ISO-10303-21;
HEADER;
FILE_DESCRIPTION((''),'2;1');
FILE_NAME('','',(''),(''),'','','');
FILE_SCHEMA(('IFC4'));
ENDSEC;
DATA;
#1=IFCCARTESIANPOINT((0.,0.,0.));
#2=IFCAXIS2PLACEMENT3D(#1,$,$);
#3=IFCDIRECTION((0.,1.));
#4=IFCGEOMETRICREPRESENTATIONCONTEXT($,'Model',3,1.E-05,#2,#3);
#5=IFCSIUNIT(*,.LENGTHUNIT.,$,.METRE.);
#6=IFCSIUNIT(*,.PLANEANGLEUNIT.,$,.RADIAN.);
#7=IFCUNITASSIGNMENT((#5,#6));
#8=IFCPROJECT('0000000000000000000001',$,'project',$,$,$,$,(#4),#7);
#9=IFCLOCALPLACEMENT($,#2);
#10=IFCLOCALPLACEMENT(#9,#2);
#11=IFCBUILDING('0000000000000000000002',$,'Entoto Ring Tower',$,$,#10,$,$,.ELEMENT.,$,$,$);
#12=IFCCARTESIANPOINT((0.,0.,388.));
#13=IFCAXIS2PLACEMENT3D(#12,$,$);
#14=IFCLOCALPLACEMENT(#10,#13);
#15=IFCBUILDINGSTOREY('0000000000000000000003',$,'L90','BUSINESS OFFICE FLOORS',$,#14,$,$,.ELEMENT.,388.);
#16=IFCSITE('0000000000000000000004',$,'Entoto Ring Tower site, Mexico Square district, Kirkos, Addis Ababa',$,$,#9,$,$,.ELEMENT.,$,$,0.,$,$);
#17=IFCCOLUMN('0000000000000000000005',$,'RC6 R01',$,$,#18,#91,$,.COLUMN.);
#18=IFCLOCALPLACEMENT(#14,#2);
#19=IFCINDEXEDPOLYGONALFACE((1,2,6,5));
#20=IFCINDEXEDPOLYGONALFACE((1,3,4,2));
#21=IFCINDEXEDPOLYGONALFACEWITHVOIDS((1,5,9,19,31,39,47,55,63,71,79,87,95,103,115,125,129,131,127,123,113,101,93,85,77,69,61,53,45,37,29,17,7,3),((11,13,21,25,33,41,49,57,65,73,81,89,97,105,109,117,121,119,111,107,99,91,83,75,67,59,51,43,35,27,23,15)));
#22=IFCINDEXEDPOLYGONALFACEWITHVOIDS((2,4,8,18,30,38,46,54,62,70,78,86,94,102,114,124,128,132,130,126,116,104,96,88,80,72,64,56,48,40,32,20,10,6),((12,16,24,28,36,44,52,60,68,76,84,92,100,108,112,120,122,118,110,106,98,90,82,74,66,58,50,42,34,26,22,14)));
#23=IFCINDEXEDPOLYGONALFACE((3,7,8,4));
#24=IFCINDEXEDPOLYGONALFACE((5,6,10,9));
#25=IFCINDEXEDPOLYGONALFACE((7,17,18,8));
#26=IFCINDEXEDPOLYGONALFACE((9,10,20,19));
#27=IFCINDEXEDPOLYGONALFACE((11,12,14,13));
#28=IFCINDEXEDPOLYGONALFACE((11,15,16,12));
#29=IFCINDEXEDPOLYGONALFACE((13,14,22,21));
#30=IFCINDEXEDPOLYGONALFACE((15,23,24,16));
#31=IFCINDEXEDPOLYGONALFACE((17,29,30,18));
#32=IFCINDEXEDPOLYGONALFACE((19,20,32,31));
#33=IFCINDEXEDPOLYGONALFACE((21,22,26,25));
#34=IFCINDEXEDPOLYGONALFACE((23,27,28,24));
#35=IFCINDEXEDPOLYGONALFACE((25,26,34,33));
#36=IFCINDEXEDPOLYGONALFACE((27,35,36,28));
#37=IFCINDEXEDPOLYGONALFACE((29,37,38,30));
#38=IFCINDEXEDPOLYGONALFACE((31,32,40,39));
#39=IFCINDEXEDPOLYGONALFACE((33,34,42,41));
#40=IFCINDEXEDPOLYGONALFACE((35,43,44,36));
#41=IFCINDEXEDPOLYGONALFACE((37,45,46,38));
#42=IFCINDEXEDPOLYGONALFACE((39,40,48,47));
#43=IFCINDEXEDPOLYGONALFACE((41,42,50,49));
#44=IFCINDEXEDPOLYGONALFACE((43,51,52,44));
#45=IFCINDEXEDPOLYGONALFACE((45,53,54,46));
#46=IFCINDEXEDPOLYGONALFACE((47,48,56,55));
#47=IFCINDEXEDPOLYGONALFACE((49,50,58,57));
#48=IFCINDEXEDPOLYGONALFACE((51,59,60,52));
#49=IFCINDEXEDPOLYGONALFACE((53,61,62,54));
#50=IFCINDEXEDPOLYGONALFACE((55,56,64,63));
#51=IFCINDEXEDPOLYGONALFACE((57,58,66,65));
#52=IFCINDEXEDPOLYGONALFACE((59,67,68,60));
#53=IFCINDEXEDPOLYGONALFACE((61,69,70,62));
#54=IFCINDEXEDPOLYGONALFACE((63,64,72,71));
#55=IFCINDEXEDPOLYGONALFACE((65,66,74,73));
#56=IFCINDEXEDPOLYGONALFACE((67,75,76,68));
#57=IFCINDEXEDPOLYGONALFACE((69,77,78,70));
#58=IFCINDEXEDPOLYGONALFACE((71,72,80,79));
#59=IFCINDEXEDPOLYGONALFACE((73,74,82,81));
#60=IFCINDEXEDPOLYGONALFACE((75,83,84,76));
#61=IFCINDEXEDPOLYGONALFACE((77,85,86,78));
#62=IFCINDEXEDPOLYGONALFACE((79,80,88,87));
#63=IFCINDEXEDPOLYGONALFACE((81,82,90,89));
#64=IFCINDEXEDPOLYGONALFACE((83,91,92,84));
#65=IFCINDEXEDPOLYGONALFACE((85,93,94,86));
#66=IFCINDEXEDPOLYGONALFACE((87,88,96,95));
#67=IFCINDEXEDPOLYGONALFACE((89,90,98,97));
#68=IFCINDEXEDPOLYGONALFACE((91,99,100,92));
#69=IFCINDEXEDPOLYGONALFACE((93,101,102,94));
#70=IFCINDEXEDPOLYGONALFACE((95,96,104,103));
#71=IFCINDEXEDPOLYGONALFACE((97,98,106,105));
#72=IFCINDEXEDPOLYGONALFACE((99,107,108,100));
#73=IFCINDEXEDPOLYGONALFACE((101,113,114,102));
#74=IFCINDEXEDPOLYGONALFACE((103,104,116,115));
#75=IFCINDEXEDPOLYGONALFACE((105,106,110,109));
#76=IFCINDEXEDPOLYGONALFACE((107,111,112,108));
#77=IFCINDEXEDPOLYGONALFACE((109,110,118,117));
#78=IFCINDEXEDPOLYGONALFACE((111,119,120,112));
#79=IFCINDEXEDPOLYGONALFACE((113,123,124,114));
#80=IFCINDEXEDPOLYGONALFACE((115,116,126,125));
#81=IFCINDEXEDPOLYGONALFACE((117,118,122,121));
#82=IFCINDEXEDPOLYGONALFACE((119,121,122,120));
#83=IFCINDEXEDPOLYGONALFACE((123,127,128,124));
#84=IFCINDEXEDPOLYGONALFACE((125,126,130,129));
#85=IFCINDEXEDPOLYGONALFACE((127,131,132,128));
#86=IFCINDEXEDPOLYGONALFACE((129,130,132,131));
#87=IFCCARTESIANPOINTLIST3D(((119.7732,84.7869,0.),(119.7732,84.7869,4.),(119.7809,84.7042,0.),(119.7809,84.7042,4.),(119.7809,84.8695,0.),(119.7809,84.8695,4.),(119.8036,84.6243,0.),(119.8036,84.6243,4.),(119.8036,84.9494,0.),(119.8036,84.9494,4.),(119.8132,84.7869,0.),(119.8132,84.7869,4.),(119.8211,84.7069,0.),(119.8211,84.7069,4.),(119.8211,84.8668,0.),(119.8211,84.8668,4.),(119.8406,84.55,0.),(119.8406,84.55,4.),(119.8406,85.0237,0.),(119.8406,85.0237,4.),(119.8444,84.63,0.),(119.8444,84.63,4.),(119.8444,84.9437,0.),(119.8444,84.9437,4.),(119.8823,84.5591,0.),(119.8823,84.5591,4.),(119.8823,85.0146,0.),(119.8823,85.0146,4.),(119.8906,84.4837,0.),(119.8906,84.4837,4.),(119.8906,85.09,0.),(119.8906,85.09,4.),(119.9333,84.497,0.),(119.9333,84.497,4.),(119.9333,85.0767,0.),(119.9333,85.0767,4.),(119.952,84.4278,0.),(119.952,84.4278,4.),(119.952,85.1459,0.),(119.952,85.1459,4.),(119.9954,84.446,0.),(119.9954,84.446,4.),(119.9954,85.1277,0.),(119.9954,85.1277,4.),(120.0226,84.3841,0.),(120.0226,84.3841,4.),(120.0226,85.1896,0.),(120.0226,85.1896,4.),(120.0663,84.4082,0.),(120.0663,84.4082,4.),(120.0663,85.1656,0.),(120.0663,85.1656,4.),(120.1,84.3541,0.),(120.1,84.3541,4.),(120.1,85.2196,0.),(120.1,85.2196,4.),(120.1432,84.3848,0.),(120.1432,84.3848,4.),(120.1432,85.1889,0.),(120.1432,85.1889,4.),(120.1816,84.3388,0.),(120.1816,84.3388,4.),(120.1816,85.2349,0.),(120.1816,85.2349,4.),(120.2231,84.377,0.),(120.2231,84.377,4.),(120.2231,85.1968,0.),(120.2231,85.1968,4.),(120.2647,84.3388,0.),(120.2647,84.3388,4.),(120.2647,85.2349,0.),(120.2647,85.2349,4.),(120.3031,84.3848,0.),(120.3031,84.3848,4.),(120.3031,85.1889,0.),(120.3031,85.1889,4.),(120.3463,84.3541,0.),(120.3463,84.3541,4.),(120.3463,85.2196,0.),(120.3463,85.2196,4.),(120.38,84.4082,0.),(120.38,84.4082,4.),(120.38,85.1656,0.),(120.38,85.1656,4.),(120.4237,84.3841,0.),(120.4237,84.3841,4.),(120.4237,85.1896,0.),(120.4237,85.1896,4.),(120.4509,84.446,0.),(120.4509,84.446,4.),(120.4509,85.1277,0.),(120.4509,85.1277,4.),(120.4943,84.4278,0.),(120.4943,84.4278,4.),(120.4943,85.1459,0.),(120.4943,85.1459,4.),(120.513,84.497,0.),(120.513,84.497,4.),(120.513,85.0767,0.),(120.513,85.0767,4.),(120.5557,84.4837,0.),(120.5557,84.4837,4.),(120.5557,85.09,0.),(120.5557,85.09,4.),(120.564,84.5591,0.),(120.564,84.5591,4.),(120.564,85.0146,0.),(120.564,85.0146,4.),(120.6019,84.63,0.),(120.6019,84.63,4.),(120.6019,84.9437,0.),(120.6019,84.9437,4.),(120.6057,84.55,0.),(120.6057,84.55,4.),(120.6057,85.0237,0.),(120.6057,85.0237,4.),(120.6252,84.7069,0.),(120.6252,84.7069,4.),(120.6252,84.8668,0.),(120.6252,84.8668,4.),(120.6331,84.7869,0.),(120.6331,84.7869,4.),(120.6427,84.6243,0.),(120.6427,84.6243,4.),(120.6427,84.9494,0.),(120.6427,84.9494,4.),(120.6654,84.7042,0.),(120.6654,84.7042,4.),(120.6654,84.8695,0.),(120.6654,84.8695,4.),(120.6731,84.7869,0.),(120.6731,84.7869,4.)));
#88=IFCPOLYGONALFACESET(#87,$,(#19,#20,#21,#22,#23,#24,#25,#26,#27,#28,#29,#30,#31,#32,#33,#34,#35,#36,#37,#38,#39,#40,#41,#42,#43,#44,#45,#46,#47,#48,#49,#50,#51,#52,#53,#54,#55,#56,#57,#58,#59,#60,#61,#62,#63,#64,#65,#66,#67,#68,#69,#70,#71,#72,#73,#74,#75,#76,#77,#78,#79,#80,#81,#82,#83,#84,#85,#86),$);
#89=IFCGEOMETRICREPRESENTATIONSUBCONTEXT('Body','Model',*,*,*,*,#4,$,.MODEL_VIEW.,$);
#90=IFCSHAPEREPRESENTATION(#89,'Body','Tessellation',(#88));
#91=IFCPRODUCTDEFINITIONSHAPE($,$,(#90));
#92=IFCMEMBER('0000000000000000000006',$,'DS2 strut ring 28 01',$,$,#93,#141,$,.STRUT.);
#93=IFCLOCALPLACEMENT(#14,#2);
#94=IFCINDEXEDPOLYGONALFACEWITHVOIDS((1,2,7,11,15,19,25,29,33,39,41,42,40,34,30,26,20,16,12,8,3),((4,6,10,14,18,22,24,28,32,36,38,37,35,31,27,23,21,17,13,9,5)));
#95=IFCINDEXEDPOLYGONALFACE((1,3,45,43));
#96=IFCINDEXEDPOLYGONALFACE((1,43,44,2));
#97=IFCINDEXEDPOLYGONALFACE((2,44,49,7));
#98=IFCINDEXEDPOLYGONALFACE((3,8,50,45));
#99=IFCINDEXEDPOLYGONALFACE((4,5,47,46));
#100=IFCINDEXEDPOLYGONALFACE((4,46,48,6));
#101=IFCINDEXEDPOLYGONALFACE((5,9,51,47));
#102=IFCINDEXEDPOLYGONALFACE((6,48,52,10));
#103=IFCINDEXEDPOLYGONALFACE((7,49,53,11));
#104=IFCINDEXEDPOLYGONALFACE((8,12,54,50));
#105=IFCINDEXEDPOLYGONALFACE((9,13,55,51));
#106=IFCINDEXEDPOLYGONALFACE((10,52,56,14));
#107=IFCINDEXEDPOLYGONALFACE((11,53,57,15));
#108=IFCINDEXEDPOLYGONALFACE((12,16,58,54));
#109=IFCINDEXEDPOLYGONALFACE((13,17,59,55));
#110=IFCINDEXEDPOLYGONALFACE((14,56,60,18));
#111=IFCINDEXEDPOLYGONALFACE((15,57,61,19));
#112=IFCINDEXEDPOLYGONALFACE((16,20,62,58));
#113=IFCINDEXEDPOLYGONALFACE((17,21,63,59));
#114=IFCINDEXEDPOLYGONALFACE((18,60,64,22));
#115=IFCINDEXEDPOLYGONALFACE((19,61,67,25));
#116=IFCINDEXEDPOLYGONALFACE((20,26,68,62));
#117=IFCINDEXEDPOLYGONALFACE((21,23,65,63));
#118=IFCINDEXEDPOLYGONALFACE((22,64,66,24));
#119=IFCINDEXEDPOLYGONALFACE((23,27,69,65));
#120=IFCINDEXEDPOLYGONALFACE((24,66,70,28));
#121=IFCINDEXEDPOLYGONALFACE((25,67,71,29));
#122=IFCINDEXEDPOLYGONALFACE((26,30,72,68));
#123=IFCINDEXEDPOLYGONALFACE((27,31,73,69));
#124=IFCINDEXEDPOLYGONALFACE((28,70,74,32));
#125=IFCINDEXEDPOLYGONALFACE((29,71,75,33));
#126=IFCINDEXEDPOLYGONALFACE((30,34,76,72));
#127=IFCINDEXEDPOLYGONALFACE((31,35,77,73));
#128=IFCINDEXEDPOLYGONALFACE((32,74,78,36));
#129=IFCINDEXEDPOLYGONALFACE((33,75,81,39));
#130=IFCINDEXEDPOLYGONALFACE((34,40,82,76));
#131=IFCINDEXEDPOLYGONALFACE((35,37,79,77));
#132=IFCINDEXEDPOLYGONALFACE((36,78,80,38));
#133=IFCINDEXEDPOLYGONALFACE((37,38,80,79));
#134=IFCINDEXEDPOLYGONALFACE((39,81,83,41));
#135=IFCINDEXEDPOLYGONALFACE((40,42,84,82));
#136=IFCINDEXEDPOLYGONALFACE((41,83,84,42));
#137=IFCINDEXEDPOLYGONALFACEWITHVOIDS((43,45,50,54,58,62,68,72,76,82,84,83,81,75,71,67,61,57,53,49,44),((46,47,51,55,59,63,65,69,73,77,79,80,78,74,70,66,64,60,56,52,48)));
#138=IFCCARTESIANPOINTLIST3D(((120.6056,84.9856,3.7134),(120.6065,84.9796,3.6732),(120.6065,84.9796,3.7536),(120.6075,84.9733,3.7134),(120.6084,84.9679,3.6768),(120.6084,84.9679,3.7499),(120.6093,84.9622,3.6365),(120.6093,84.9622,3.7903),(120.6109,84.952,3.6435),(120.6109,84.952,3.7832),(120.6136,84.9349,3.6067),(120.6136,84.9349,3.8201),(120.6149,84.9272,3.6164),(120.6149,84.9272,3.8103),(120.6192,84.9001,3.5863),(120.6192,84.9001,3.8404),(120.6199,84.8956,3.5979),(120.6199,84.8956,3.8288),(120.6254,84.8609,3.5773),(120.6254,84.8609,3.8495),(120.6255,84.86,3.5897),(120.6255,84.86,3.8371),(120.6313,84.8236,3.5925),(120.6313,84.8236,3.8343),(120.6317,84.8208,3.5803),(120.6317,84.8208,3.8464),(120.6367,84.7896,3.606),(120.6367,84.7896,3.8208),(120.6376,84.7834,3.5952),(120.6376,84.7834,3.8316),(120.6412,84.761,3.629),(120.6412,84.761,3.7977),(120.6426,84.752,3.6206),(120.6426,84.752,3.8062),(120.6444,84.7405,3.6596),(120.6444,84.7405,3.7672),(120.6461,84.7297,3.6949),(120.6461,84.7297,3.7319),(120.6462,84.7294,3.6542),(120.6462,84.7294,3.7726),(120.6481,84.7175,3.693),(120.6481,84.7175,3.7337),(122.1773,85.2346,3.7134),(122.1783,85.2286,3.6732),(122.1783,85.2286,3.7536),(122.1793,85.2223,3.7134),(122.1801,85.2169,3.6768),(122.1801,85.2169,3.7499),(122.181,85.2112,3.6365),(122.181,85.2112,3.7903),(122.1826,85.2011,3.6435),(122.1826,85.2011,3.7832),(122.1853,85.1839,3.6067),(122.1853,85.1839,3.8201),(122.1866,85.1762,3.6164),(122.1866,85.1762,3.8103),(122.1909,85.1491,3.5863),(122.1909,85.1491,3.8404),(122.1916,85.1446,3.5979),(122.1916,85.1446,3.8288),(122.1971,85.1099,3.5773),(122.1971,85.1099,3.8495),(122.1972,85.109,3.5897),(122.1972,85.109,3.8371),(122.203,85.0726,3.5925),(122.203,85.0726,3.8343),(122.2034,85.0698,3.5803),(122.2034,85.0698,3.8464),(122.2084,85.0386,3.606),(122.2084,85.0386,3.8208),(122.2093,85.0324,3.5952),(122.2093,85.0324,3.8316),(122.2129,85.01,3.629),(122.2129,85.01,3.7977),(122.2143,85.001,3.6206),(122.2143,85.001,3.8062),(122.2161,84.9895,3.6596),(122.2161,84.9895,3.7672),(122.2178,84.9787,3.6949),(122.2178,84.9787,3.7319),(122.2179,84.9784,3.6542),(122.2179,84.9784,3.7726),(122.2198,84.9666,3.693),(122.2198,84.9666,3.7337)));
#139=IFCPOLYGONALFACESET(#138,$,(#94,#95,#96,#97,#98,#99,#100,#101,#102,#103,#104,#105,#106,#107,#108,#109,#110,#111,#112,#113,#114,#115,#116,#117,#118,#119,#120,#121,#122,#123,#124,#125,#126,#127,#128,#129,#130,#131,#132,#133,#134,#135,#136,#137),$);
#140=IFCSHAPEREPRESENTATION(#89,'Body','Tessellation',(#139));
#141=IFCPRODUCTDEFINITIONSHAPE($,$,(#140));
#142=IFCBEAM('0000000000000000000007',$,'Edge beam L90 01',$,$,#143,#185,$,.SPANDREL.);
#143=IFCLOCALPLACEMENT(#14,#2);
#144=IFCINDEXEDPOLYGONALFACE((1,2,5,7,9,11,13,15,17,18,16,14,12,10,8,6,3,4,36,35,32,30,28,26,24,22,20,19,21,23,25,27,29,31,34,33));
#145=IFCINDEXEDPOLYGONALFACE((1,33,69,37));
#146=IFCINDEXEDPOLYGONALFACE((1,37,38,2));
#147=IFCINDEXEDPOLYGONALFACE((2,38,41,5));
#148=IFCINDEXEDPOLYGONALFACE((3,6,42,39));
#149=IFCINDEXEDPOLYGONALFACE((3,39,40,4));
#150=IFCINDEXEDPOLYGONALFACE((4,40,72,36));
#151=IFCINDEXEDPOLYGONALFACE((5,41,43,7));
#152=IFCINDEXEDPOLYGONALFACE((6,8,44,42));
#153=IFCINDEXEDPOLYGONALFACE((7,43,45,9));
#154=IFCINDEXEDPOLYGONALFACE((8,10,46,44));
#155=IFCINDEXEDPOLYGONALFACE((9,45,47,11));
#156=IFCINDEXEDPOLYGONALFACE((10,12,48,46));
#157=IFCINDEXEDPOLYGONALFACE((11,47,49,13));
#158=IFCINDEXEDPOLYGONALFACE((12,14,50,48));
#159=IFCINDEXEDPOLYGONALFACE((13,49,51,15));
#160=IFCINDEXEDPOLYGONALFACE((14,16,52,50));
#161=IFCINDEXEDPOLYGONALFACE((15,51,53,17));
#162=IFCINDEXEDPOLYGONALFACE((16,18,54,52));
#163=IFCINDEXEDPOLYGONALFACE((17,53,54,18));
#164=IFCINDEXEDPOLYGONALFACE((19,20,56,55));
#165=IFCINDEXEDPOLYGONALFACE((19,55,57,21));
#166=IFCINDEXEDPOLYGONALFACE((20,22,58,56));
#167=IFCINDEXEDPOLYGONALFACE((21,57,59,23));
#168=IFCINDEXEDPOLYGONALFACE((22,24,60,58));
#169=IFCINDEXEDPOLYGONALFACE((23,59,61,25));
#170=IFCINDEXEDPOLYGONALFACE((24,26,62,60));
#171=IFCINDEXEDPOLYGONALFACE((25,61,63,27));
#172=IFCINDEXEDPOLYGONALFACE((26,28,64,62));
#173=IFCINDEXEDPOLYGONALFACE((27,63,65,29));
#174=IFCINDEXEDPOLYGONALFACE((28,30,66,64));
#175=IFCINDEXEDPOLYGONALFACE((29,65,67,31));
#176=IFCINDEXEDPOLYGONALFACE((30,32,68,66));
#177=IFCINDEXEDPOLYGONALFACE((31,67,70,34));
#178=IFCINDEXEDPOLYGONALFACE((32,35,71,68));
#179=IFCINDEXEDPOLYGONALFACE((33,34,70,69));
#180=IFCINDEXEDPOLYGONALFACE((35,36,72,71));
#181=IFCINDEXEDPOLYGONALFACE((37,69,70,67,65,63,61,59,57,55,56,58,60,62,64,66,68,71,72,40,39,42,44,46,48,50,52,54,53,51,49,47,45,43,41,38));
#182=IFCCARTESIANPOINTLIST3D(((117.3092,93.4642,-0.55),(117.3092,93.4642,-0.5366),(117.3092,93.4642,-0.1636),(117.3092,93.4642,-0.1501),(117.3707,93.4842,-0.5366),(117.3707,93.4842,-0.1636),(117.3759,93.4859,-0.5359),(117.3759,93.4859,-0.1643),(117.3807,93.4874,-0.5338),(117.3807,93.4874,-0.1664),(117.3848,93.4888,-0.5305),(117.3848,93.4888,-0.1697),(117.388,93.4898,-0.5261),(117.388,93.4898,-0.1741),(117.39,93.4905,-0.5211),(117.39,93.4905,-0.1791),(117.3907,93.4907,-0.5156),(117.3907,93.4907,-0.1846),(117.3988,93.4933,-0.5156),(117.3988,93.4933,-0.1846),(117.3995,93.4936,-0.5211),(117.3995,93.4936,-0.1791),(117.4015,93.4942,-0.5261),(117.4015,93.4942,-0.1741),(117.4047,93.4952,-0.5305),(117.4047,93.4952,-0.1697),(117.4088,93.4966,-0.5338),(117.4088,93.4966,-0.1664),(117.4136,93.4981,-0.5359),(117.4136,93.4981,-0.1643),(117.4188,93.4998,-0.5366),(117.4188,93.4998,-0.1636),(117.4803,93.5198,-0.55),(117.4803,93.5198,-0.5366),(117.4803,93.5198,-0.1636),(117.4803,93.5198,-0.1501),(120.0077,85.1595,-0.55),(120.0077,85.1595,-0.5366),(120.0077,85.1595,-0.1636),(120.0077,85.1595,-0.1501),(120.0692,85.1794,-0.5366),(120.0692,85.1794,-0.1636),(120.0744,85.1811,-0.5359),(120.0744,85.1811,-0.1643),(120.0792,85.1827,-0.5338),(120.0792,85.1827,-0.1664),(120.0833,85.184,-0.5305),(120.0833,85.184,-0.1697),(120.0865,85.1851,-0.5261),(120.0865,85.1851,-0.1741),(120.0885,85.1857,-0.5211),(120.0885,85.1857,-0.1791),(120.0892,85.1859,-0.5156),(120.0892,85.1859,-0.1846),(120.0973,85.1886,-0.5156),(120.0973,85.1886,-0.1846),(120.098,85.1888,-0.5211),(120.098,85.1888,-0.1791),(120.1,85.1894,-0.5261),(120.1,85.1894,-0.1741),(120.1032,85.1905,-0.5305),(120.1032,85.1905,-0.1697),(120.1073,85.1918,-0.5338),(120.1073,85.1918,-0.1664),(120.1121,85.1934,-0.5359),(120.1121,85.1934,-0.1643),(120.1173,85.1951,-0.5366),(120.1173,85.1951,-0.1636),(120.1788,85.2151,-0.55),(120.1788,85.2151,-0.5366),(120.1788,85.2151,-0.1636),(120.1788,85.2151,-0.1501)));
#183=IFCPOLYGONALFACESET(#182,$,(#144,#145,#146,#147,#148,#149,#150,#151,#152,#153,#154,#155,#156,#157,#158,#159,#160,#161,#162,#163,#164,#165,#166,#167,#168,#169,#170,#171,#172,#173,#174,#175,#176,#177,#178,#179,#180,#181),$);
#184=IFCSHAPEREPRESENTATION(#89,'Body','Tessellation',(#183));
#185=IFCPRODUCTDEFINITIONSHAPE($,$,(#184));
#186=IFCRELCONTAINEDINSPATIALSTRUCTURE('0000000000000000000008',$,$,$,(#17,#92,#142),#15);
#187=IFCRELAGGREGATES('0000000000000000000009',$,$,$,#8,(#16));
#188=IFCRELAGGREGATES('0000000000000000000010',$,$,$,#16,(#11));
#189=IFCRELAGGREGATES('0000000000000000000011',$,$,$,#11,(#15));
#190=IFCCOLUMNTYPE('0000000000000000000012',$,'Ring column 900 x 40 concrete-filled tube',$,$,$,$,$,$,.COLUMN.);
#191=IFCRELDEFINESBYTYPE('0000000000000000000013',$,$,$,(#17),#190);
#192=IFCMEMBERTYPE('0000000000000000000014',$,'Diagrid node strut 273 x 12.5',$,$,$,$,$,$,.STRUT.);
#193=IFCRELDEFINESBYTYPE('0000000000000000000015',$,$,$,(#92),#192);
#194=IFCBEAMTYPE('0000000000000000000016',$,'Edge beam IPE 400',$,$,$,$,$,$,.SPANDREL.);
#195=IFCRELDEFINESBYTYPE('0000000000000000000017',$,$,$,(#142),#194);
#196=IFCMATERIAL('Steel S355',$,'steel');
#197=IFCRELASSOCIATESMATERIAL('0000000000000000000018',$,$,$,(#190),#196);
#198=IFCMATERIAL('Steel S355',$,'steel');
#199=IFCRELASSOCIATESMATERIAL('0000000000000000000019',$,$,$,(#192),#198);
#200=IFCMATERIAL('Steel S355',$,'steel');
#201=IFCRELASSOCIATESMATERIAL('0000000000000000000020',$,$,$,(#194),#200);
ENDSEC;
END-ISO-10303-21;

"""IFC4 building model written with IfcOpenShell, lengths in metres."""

from ifc_helpers import new_model, si_unit, direction, frame, origin, origin_2d, place, context, subcontext, project, spatial, circle, hollow_circle, i_section, extrude, material, material_profile, profile_set, type_object, element, save


model = new_model("IFC4")

# Units and contexts
model_context = context("Model", 3, precision=1e-05, world=origin(), true_north=direction((0.0, 1.0)))
body_context = subcontext(model_context, "Body", "Model", "MODEL_VIEW")
ifc_project = project(units=[si_unit("LENGTHUNIT", "METRE"), si_unit("PLANEANGLEUNIT", "RADIAN")], contexts=[model_context])

# Site, building, storey
site_placement = place(None, origin())
site = spatial("IfcSite", under=ifc_project, at=site_placement, Name="Entoto Ring Tower site, Mexico Square district, Kirkos, Addis Ababa", CompositionType="ELEMENT", RefElevation=0.0)
building_placement = place(site_placement, origin())
building = spatial("IfcBuilding", under=site, at=building_placement, Name="Entoto Ring Tower", CompositionType="ELEMENT")
storey_placement = place(building_placement, frame((0.0, 0.0, 388.0)))
storey = spatial("IfcBuildingStorey", under=building, at=storey_placement, Name="L90", Description="BUSINESS OFFICE FLOORS", CompositionType="ELEMENT", Elevation=388.0)

# Column
ifc_material_1 = material(Name="Steel S355", Category="steel")
ifc_material_profile_1 = material_profile(ifc_material_1, hollow_circle(Radius=0.45, WallThickness=0.04, at=origin_2d()), Name="CHS 900 x 40")
ifc_material_2 = material(Name="Concrete C60/75", Category="concrete")
ifc_material_profile_2 = material_profile(ifc_material_2, circle(Radius=0.4099, at=origin_2d()), Name="Concrete C60/75 infill")
ifc_profile_set_1 = profile_set([ifc_material_profile_1, ifc_material_profile_2], Name="Steel S355")
column_type = type_object("IfcColumnType", Name="Ring column 900 x 40 concrete-filled tube", PredefinedType="COLUMN", material=ifc_profile_set_1)
column_placement = place(storey_placement, frame((120.2231, 84.7869, 0.0), z_axis=(0.0, 0.0, 1.0), x_axis=(1.0, 0.0, 0.0)))
element("IfcColumn", 1, at=column_placement, inside=storey, type_object=column_type, Name="RC6 R01", PredefinedType="COLUMN", context=body_context, shape_type="SweptSolid", body=[
    extrude(hollow_circle(Radius=0.45, WallThickness=0.04, at=origin_2d()), origin(), (0.0, 0.0, 1.0), 4.0),
])

# Member
ifc_material_3 = material(Name="Steel S355", Category="steel")
ifc_material_profile_3 = material_profile(ifc_material_3, hollow_circle(Radius=0.1365, WallThickness=0.0125, at=origin_2d()), Name="CHS 273 x 12.5")
ifc_material_4 = material(Name="Concrete C60/75", Category="concrete")
ifc_material_profile_4 = material_profile(ifc_material_4, circle(Radius=0.124, at=origin_2d()), Name="Concrete C60/75 infill")
ifc_profile_set_2 = profile_set([ifc_material_profile_3, ifc_material_profile_4], Name="Steel S355")
member_type = type_object("IfcMemberType", Name="Diagrid node strut 273 x 12.5", PredefinedType="STRUT", material=ifc_profile_set_2)
member_placement = place(storey_placement, frame((120.627, 84.8508, 3.7134), z_axis=(0.987681, 0.156483, 0.0), x_axis=(-0.156483, 0.987681, 0.0)))
element("IfcMember", 2, at=member_placement, inside=storey, type_object=member_type, Name="DS2 strut ring 28 01", PredefinedType="STRUT", context=body_context, shape_type="SweptSolid", body=[
    extrude(hollow_circle(Radius=0.1365, WallThickness=0.0125, at=origin_2d()), origin(), (0.0, 0.0, 1.0), 1.5913),
])

# Beam
ifc_material_5 = material(Name="Steel S355", Category="steel")
ifc_material_profile_5 = material_profile(ifc_material_5, i_section(OverallWidth=0.1799, OverallDepth=0.3999, WebThickness=0.0085, FlangeThickness=0.0134, FilletRadius=0.021, at=origin_2d()), Name="IPE 400")
ifc_profile_set_3 = profile_set([ifc_material_profile_5], Name="Steel S355")
beam_type_1 = type_object("IfcBeamType", Name="Edge beam IPE 400", PredefinedType="SPANDREL", material=ifc_profile_set_3)
beam_1_placement = place(storey_placement, frame((120.0933, 85.1873, -0.3501), z_axis=(-0.30903, 0.951052, 0.0), x_axis=(-0.951052, -0.30903, 0.0)))
element("IfcBeam", 3, at=beam_1_placement, inside=storey, type_object=beam_type_1, Name="Edge beam L90 01", PredefinedType="SPANDREL", context=body_context, shape_type="SweptSolid", body=[
    extrude(i_section(OverallWidth=0.1799, OverallDepth=0.3999, WebThickness=0.0085, FlangeThickness=0.0134, FilletRadius=0.021, at=origin_2d()), origin(), (0.0, 0.0, 1.0), 8.7322),
])

save(model, "model.ifc")
